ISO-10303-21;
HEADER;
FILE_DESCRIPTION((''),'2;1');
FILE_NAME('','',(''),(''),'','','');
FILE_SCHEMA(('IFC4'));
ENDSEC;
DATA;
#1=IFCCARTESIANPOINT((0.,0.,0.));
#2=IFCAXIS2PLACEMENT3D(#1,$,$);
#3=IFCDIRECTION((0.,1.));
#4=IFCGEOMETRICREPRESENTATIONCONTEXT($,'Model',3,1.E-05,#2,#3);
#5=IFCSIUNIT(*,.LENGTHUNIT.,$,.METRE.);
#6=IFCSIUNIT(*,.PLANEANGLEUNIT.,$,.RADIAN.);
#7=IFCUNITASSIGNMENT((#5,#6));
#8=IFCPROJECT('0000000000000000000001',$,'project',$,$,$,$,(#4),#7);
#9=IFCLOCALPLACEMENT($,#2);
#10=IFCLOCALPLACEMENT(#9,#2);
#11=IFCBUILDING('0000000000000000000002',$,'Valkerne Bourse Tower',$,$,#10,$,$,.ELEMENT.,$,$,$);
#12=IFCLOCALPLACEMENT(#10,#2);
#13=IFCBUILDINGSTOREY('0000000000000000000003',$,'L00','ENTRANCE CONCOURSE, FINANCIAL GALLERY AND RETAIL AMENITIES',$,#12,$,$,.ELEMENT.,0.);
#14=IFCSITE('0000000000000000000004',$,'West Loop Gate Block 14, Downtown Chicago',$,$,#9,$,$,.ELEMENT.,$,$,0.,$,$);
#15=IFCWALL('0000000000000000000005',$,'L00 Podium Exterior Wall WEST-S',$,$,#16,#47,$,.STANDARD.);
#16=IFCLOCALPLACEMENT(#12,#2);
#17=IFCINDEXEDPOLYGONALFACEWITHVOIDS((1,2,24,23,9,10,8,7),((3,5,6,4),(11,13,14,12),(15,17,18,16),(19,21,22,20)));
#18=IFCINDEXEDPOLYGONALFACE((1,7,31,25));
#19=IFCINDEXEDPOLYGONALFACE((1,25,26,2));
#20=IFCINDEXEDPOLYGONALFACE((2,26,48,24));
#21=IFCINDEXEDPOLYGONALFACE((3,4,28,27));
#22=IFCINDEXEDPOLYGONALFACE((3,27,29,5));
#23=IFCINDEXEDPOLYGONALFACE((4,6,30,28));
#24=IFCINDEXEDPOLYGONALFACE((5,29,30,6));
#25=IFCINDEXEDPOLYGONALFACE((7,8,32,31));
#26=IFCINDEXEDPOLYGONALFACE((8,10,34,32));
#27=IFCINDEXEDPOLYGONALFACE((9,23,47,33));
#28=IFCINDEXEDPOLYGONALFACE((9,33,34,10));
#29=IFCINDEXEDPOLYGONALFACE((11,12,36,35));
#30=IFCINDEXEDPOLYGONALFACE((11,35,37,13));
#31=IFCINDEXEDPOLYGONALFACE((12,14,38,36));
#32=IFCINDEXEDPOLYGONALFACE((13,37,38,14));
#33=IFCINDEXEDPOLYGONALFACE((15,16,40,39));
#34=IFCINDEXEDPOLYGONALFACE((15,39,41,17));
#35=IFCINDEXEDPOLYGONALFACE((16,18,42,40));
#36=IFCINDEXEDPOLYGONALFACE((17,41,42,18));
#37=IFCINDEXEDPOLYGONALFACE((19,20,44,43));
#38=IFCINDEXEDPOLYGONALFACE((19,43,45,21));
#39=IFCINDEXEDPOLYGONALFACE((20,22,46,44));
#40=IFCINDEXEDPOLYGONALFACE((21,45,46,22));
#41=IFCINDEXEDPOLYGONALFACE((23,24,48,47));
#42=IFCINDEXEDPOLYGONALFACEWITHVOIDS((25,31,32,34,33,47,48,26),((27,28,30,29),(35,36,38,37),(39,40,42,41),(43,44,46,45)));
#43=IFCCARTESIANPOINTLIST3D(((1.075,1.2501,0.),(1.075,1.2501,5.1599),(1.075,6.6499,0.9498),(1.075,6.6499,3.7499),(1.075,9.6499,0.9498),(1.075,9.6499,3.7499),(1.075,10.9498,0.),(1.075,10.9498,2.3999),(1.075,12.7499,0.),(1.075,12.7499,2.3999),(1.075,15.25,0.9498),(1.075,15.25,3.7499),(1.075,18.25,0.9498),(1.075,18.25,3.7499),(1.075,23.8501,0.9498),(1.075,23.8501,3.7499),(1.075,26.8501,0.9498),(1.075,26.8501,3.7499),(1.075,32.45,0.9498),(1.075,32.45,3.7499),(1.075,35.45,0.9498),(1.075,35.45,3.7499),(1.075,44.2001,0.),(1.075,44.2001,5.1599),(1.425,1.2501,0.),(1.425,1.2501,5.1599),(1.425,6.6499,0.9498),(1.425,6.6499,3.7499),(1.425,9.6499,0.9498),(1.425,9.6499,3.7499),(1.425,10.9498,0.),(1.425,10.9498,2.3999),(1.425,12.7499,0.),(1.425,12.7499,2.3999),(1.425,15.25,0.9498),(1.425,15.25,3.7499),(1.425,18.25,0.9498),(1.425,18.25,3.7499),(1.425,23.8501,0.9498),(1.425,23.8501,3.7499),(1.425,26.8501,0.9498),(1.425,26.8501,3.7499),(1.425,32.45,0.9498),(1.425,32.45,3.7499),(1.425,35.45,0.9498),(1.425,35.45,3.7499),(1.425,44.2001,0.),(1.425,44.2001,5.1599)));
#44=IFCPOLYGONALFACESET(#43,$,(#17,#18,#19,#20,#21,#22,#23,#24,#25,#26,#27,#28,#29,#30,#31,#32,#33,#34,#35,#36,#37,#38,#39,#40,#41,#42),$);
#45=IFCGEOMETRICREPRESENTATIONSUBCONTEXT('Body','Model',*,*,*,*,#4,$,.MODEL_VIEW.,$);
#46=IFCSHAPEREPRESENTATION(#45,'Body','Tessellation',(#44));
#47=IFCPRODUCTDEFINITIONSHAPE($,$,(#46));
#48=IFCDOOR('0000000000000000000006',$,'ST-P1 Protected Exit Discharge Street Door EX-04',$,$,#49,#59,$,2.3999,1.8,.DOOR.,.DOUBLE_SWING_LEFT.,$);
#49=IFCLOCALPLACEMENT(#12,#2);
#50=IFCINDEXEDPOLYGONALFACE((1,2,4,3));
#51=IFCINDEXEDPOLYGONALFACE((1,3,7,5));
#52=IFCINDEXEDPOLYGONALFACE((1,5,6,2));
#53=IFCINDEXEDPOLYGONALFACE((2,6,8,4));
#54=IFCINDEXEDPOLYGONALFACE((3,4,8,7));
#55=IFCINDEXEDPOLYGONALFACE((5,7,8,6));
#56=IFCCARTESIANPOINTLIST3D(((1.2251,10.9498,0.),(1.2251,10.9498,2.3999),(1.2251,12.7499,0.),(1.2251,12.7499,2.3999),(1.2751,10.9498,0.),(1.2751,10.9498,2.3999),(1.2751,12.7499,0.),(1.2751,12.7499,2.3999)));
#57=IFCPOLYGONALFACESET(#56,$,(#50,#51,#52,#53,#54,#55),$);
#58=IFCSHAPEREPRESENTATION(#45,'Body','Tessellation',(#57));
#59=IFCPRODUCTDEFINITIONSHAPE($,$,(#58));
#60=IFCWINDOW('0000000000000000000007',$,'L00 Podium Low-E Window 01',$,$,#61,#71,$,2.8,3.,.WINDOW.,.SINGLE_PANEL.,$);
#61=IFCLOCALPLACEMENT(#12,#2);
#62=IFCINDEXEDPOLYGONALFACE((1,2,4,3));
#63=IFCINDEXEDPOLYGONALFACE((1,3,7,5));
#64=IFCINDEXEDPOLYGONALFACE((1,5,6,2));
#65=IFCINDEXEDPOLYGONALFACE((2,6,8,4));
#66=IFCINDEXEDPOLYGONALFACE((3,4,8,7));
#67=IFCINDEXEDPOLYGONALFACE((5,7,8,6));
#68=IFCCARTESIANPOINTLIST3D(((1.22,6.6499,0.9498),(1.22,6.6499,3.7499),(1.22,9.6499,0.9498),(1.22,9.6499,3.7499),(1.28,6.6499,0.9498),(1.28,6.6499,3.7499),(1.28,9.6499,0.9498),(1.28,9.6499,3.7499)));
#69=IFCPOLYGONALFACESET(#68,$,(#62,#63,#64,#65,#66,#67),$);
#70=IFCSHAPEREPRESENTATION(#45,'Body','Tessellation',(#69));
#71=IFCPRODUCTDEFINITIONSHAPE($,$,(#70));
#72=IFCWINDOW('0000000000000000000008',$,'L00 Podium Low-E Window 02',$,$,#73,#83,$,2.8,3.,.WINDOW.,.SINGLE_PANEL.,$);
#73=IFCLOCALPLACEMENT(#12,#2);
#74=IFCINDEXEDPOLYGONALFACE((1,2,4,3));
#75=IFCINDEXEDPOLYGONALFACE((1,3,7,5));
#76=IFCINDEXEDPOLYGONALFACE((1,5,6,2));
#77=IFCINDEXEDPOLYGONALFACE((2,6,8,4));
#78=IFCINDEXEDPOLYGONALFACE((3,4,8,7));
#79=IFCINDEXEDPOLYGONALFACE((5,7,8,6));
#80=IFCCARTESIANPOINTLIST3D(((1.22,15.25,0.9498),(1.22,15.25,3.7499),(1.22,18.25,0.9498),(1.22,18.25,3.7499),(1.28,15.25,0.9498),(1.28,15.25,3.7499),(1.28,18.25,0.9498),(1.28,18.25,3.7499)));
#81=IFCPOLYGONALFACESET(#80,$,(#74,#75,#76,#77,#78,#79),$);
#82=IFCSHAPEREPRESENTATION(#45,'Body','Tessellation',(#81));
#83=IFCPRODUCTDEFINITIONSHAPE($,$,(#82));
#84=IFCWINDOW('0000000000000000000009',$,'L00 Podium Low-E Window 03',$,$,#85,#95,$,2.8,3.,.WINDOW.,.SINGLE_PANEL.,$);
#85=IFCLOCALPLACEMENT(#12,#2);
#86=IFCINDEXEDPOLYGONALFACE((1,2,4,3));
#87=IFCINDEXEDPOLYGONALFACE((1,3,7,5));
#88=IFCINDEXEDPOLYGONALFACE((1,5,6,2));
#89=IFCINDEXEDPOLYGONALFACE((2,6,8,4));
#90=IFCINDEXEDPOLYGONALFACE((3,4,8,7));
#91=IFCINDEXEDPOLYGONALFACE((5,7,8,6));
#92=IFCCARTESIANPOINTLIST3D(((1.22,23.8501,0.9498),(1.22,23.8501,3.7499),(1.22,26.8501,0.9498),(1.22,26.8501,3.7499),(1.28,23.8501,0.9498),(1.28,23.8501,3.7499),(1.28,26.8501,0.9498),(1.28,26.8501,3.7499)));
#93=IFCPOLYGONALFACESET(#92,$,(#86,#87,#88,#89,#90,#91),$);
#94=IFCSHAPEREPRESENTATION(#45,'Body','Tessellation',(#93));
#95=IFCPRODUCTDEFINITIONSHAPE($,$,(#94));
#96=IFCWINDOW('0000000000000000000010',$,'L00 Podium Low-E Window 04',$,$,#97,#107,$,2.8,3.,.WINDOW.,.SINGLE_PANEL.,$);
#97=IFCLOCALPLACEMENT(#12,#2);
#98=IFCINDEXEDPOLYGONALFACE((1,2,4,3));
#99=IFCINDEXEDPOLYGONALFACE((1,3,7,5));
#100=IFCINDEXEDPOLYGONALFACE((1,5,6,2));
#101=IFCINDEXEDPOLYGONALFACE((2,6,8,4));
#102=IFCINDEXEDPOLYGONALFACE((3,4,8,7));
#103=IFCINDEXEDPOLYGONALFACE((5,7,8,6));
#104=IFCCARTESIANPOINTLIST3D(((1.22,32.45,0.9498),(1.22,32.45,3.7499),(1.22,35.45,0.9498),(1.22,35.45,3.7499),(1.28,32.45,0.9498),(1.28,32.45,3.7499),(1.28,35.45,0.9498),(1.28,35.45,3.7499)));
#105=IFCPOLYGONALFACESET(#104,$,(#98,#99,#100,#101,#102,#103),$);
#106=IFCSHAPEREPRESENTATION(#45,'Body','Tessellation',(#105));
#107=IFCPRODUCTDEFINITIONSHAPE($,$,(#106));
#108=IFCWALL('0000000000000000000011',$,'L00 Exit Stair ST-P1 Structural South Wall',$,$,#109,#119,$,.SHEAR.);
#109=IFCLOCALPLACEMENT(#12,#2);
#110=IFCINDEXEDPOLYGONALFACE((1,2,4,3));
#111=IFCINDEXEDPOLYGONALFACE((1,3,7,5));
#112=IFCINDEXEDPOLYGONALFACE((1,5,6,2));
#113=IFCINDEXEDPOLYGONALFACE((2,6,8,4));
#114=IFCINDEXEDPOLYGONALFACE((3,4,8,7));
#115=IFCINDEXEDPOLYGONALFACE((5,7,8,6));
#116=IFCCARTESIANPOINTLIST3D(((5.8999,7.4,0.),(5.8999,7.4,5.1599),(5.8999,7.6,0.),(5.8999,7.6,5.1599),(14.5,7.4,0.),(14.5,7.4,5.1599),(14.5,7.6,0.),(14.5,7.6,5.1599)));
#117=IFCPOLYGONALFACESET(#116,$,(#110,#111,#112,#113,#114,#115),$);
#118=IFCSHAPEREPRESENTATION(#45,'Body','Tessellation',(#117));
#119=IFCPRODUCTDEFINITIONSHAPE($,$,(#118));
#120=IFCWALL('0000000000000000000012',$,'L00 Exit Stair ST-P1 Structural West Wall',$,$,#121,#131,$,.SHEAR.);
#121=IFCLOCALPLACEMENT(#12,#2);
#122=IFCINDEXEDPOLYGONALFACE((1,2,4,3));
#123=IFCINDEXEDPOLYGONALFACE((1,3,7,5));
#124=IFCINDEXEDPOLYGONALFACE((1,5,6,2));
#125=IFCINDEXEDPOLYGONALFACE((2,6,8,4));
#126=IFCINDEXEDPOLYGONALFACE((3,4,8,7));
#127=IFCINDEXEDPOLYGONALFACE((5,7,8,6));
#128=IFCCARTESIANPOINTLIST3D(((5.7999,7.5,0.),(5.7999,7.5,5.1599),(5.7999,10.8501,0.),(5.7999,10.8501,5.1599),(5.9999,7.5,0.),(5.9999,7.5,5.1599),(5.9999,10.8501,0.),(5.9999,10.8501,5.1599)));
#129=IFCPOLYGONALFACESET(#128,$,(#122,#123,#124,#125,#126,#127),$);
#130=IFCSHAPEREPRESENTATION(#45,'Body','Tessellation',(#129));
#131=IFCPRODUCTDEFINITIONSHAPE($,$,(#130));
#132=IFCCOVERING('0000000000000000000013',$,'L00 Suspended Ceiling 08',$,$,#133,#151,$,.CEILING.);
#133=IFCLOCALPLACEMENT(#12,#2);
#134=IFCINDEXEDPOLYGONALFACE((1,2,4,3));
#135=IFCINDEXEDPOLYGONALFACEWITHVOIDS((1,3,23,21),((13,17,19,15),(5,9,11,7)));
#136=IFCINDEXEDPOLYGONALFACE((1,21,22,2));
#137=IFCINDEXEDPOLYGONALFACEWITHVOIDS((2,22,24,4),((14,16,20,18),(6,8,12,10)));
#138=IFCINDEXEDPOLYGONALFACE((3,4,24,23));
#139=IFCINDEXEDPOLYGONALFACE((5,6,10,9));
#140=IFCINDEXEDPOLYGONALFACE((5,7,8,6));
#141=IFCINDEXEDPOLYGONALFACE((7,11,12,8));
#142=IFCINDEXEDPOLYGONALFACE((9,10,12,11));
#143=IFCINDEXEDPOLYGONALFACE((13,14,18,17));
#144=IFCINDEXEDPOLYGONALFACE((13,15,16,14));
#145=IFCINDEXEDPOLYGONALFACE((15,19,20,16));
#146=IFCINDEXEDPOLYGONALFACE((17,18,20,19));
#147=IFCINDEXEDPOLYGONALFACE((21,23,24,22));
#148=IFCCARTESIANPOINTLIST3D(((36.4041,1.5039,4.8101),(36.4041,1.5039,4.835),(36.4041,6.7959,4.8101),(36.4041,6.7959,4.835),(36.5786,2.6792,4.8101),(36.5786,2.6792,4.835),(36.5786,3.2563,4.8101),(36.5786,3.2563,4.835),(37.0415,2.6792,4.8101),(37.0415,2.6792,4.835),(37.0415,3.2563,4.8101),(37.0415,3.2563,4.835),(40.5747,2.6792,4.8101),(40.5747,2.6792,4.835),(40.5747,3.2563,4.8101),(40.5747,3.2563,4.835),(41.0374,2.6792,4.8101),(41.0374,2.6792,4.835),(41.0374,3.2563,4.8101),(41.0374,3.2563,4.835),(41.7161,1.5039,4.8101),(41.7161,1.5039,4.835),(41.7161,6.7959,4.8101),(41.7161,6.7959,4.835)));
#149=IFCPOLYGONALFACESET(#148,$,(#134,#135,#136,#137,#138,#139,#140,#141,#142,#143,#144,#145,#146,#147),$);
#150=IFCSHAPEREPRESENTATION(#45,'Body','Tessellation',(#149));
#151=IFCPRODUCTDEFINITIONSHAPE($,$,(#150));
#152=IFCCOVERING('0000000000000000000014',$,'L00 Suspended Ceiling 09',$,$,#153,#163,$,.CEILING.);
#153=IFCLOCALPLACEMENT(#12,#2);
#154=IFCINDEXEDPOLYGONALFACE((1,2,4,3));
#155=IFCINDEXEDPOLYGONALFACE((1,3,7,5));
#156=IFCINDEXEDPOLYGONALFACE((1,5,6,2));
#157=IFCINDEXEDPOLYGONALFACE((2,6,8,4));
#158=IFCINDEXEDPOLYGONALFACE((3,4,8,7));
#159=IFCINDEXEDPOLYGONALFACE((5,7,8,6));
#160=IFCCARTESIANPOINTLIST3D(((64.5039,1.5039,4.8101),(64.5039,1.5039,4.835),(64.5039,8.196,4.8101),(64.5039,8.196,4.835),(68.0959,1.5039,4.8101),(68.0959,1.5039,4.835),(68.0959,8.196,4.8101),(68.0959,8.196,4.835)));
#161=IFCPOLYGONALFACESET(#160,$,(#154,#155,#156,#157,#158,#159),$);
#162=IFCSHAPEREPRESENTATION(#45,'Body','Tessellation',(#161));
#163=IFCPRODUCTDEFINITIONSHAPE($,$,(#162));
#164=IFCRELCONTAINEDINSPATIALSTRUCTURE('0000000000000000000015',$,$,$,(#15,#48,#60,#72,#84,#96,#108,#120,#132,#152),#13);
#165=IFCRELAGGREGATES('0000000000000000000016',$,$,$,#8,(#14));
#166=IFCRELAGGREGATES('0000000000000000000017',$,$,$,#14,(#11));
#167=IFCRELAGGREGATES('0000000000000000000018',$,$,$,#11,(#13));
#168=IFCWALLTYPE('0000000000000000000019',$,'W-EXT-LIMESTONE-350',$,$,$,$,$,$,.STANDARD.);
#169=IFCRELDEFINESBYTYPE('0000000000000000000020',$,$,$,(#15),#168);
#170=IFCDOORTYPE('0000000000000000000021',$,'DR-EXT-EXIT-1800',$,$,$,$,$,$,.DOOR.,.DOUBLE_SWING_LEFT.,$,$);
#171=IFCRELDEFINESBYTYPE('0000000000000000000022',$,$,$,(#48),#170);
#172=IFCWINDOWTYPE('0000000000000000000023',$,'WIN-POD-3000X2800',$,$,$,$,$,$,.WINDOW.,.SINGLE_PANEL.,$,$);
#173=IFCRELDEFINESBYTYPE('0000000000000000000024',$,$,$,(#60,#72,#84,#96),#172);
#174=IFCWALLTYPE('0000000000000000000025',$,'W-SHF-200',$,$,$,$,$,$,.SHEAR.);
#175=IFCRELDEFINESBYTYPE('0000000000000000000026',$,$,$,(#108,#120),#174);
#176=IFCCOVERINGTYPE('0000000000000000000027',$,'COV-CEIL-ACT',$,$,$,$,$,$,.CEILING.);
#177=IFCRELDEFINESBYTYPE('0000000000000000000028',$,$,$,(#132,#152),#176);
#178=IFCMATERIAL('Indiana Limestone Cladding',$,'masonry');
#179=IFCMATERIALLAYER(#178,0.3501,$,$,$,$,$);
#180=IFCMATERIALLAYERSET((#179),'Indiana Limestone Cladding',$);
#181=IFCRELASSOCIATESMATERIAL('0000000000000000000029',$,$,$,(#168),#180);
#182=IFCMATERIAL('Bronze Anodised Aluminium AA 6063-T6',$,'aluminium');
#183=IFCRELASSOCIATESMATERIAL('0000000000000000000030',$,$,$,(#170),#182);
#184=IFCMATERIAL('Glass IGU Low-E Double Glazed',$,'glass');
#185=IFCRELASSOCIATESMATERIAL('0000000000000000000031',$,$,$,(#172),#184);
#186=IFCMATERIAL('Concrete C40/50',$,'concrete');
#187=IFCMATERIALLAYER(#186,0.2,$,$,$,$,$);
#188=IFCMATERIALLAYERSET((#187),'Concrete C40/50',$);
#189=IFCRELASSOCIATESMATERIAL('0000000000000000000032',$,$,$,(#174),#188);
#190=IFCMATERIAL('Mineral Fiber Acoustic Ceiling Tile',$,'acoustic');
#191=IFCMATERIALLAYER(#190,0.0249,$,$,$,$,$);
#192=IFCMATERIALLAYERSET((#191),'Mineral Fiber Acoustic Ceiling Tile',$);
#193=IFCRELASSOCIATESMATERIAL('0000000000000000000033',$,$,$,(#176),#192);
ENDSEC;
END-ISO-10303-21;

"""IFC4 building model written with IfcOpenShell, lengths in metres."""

from ifc_helpers import new_model, si_unit, direction, frame, frame_2d, origin, place, context, subcontext, project, spatial, polyline, rectangle, outline, extrude, material, layer, layer_set, type_object, element, fill, save


model = new_model("IFC4")

# Units and contexts
model_context = context("Model", 3, precision=1e-05, world=origin(), true_north=direction((0.0, 1.0)))
body_context = subcontext(model_context, "Body", "Model", "MODEL_VIEW")
ifc_project = project(units=[si_unit("LENGTHUNIT", "METRE"), si_unit("PLANEANGLEUNIT", "RADIAN")], contexts=[model_context])

# Site, building, storey
site_placement = place(None, origin())
site = spatial("IfcSite", under=ifc_project, at=site_placement, Name="West Loop Gate Block 14, Downtown Chicago", CompositionType="ELEMENT", RefElevation=0.0)
building_placement = place(site_placement, origin())
building = spatial("IfcBuilding", under=site, at=building_placement, Name="Valkerne Bourse Tower", CompositionType="ELEMENT")
storey_placement = place(building_placement, origin())
storey = spatial("IfcBuildingStorey", under=building, at=storey_placement, Name="L00", Description="ENTRANCE CONCOURSE, FINANCIAL GALLERY AND RETAIL AMENITIES", CompositionType="ELEMENT", Elevation=0.0)

# Wall, openings, door, windows
ifc_material_1 = material(Name="Indiana Limestone Cladding", Category="masonry")
ifc_layer_1 = layer(ifc_material_1, 0.3501)
ifc_layer_set_1 = layer_set([ifc_layer_1], Name="Indiana Limestone Cladding")
wall_type_1 = type_object("IfcWallType", Name="W-EXT-LIMESTONE-350", PredefinedType="STANDARD", material=ifc_layer_set_1)
wall_1_placement = place(storey_placement, frame((1.25, 1.25, 0.0), z_axis=(0.0, 0.0, 1.0), x_axis=(0.0, 1.0, 0.0)))
wall_1 = element("IfcWall", 1, at=wall_1_placement, inside=storey, type_object=wall_type_1, Name="L00 Podium Exterior Wall WEST-S", PredefinedType="STANDARD", context=body_context, shape_type="SweptSolid", body=[
    extrude(rectangle(XDim=42.95, YDim=0.3501, at=frame_2d((21.4751, 0.0))), origin(), (0.0, 0.0, 1.0), 5.1599),
])
opening_1_placement = place(wall_1_placement, frame((9.7, 0.0, 0.0)))
opening_1 = element("IfcOpeningElement", 2, at=opening_1_placement, cuts=wall_1, PredefinedType="OPENING", context=body_context, shape_type="SweptSolid", body=[
    extrude(rectangle(XDim=1.8, YDim=2.3999, at=frame_2d((0.8999, 1.2))), frame((0.0, 0.1851, 0.0), z_axis=(0.0, -1.0, 0.0), x_axis=(1.0, 0.0, 0.0)), (0.0, 0.0, 1.0), 0.3701),
])
opening_2_placement = place(wall_1_placement, frame((5.3999, 0.0, 0.95)))
opening_2 = element("IfcOpeningElement", 3, at=opening_2_placement, cuts=wall_1, PredefinedType="OPENING", context=body_context, shape_type="SweptSolid", body=[
    extrude(rectangle(XDim=3.0, YDim=2.8, at=frame_2d((1.5, 1.3999))), frame((0.0, 0.1851, 0.0), z_axis=(0.0, -1.0, 0.0), x_axis=(1.0, 0.0, 0.0)), (0.0, 0.0, 1.0), 0.3701),
])
opening_3_placement = place(wall_1_placement, frame((14.0, 0.0, 0.95)))
opening_3 = element("IfcOpeningElement", 4, at=opening_3_placement, cuts=wall_1, PredefinedType="OPENING", context=body_context, shape_type="SweptSolid", body=[
    extrude(rectangle(XDim=3.0, YDim=2.8, at=frame_2d((1.5, 1.3999))), frame((0.0, 0.1851, 0.0), z_axis=(0.0, -1.0, 0.0), x_axis=(1.0, 0.0, 0.0)), (0.0, 0.0, 1.0), 0.3701),
])
opening_4_placement = place(wall_1_placement, frame((22.6001, 0.0, 0.95)))
opening_4 = element("IfcOpeningElement", 5, at=opening_4_placement, cuts=wall_1, PredefinedType="OPENING", context=body_context, shape_type="SweptSolid", body=[
    extrude(rectangle(XDim=3.0, YDim=2.8, at=frame_2d((1.5, 1.3999))), frame((0.0, 0.1851, 0.0), z_axis=(0.0, -1.0, 0.0), x_axis=(1.0, 0.0, 0.0)), (0.0, 0.0, 1.0), 0.3701),
])
opening_5_placement = place(wall_1_placement, frame((31.2, 0.0, 0.95)))
opening_5 = element("IfcOpeningElement", 6, at=opening_5_placement, cuts=wall_1, PredefinedType="OPENING", context=body_context, shape_type="SweptSolid", body=[
    extrude(rectangle(XDim=3.0, YDim=2.8, at=frame_2d((1.5, 1.3999))), frame((0.0, 0.1851, 0.0), z_axis=(0.0, -1.0, 0.0), x_axis=(1.0, 0.0, 0.0)), (0.0, 0.0, 1.0), 0.3701),
])
ifc_material_2 = material(Name="Bronze Anodised Aluminium AA 6063-T6", Category="aluminium")
door_type_1 = type_object("IfcDoorType", Name="DR-EXT-EXIT-1800", OperationType="DOUBLE_SWING_LEFT", PredefinedType="DOOR", material=ifc_material_2)
door_1_placement = place(opening_1_placement, origin())
door_1 = element("IfcDoor", 7, at=door_1_placement, inside=storey, type_object=door_type_1, Name="ST-P1 Protected Exit Discharge Street Door EX-04", OperationType="DOUBLE_SWING_LEFT", OverallHeight=2.3999, OverallWidth=1.8, PredefinedType="DOOR", context=body_context, shape_type="SweptSolid", body=[
    extrude(rectangle(XDim=1.8, YDim=2.3999, at=frame_2d((0.8999, 1.2))), frame((0.0, 0.0249, 0.0), z_axis=(0.0, -1.0, 0.0), x_axis=(1.0, 0.0, 0.0)), (0.0, 0.0, 1.0), 0.05),
])
fill(opening_1, door_1)
ifc_material_3 = material(Name="Glass IGU Low-E Double Glazed", Category="glass")
window_type = type_object("IfcWindowType", Name="WIN-POD-3000X2800", PartitioningType="SINGLE_PANEL", PredefinedType="WINDOW", material=ifc_material_3)
window_1_placement = place(opening_2_placement, origin())
window_1 = element("IfcWindow", 8, at=window_1_placement, inside=storey, type_object=window_type, Name="L00 Podium Low-E Window 01", OverallHeight=2.8, OverallWidth=3.0, PartitioningType="SINGLE_PANEL", PredefinedType="WINDOW", context=body_context, shape_type="SweptSolid", body=[
    extrude(rectangle(XDim=3.0, YDim=2.8, at=frame_2d((1.5, 1.3999))), frame((0.0, 0.03, 0.0), z_axis=(0.0, -1.0, 0.0), x_axis=(1.0, 0.0, 0.0)), (0.0, 0.0, 1.0), 0.0601),
])
fill(opening_2, window_1)
window_2_placement = place(opening_3_placement, origin())
window_2 = element("IfcWindow", 9, at=window_2_placement, inside=storey, type_object=window_type, Name="L00 Podium Low-E Window 02", OverallHeight=2.8, OverallWidth=3.0, PartitioningType="SINGLE_PANEL", PredefinedType="WINDOW", context=body_context, shape_type="SweptSolid", body=[
    extrude(rectangle(XDim=3.0, YDim=2.8, at=frame_2d((1.5, 1.3999))), frame((0.0, 0.03, 0.0), z_axis=(0.0, -1.0, 0.0), x_axis=(1.0, 0.0, 0.0)), (0.0, 0.0, 1.0), 0.0601),
])
fill(opening_3, window_2)
window_3_placement = place(opening_4_placement, origin())
window_3 = element("IfcWindow", 10, at=window_3_placement, inside=storey, type_object=window_type, Name="L00 Podium Low-E Window 03", OverallHeight=2.8, OverallWidth=3.0, PartitioningType="SINGLE_PANEL", PredefinedType="WINDOW", context=body_context, shape_type="SweptSolid", body=[
    extrude(rectangle(XDim=3.0, YDim=2.8, at=frame_2d((1.5, 1.3999))), frame((0.0, 0.03, 0.0), z_axis=(0.0, -1.0, 0.0), x_axis=(1.0, 0.0, 0.0)), (0.0, 0.0, 1.0), 0.0601),
])
fill(opening_4, window_3)
window_4_placement = place(opening_5_placement, origin())
window_4 = element("IfcWindow", 11, at=window_4_placement, inside=storey, type_object=window_type, Name="L00 Podium Low-E Window 04", OverallHeight=2.8, OverallWidth=3.0, PartitioningType="SINGLE_PANEL", PredefinedType="WINDOW", context=body_context, shape_type="SweptSolid", body=[
    extrude(rectangle(XDim=3.0, YDim=2.8, at=frame_2d((1.5, 1.3999))), frame((0.0, 0.03, 0.0), z_axis=(0.0, -1.0, 0.0), x_axis=(1.0, 0.0, 0.0)), (0.0, 0.0, 1.0), 0.0601),
])
fill(opening_5, window_4)

# Walls
ifc_material_4 = material(Name="Concrete C40/50", Category="concrete")
ifc_layer_2 = layer(ifc_material_4, 0.2)
ifc_layer_set_2 = layer_set([ifc_layer_2], Name="Concrete C40/50")
wall_type_2 = type_object("IfcWallType", Name="W-SHF-200", PredefinedType="SHEAR", material=ifc_layer_set_2)
wall_2_placement = place(storey_placement, frame((5.8999, 7.5, 0.0), z_axis=(0.0, 0.0, 1.0), x_axis=(1.0, 0.0, 0.0)))
element("IfcWall", 12, at=wall_2_placement, inside=storey, type_object=wall_type_2, Name="L00 Exit Stair ST-P1 Structural South Wall", PredefinedType="SHEAR", context=body_context, shape_type="SweptSolid", body=[
    extrude(rectangle(XDim=8.6001, YDim=0.2, at=frame_2d((4.3, 0.0))), origin(), (0.0, 0.0, 1.0), 5.1599),
])
wall_3_placement = place(storey_placement, frame((5.8999, 7.5, 0.0), z_axis=(0.0, 0.0, 1.0), x_axis=(0.0, 1.0, 0.0)))
element("IfcWall", 13, at=wall_3_placement, inside=storey, type_object=wall_type_2, Name="L00 Exit Stair ST-P1 Structural West Wall", PredefinedType="SHEAR", context=body_context, shape_type="SweptSolid", body=[
    extrude(rectangle(XDim=3.3501, YDim=0.2, at=frame_2d((1.675, 0.0))), origin(), (0.0, 0.0, 1.0), 5.1599),
])

# Coverings
ifc_material_5 = material(Name="Mineral Fiber Acoustic Ceiling Tile", Category="acoustic")
ifc_layer_3 = layer(ifc_material_5, 0.0249)
ifc_layer_set_3 = layer_set([ifc_layer_3], Name="Mineral Fiber Acoustic Ceiling Tile")
covering_type_1 = type_object("IfcCoveringType", Name="COV-CEIL-ACT", PredefinedType="CEILING", material=ifc_layer_set_3)
covering_1_placement = place(storey_placement, frame((0.0, 0.0, 4.8101)))
element("IfcCovering", 14, at=covering_1_placement, inside=storey, type_object=covering_type_1, Name="L00 Suspended Ceiling 08", PredefinedType="CEILING", context=body_context, shape_type="SweptSolid", body=[
    extrude(outline(polyline([(36.4041, 6.7959), (41.7161, 6.7959), (41.7161, 1.5039), (36.4041, 1.5039), (36.4041, 6.7959)]), holes=[polyline([(37.0415, 3.2563), (36.5786, 3.2563), (36.5786, 2.6792), (37.0415, 2.6792), (37.0415, 3.2563)]), polyline([(40.5747, 3.2563), (40.5747, 2.6792), (41.0374, 2.6792), (41.0374, 3.2563), (40.5747, 3.2563)])]), origin(), (0.0, 0.0, 1.0), 0.0249),
])
covering_2_placement = place(storey_placement, frame((0.0, 0.0, 4.8101)))
element("IfcCovering", 15, at=covering_2_placement, inside=storey, type_object=covering_type_1, Name="L00 Suspended Ceiling 09", PredefinedType="CEILING", context=body_context, shape_type="SweptSolid", body=[
    extrude(outline(polyline([(64.5039, 8.196), (68.0959, 8.196), (68.0959, 1.5039), (64.5039, 1.5039), (64.5039, 8.196)])), origin(), (0.0, 0.0, 1.0), 0.0249),
])

save(model, "model.ifc")
